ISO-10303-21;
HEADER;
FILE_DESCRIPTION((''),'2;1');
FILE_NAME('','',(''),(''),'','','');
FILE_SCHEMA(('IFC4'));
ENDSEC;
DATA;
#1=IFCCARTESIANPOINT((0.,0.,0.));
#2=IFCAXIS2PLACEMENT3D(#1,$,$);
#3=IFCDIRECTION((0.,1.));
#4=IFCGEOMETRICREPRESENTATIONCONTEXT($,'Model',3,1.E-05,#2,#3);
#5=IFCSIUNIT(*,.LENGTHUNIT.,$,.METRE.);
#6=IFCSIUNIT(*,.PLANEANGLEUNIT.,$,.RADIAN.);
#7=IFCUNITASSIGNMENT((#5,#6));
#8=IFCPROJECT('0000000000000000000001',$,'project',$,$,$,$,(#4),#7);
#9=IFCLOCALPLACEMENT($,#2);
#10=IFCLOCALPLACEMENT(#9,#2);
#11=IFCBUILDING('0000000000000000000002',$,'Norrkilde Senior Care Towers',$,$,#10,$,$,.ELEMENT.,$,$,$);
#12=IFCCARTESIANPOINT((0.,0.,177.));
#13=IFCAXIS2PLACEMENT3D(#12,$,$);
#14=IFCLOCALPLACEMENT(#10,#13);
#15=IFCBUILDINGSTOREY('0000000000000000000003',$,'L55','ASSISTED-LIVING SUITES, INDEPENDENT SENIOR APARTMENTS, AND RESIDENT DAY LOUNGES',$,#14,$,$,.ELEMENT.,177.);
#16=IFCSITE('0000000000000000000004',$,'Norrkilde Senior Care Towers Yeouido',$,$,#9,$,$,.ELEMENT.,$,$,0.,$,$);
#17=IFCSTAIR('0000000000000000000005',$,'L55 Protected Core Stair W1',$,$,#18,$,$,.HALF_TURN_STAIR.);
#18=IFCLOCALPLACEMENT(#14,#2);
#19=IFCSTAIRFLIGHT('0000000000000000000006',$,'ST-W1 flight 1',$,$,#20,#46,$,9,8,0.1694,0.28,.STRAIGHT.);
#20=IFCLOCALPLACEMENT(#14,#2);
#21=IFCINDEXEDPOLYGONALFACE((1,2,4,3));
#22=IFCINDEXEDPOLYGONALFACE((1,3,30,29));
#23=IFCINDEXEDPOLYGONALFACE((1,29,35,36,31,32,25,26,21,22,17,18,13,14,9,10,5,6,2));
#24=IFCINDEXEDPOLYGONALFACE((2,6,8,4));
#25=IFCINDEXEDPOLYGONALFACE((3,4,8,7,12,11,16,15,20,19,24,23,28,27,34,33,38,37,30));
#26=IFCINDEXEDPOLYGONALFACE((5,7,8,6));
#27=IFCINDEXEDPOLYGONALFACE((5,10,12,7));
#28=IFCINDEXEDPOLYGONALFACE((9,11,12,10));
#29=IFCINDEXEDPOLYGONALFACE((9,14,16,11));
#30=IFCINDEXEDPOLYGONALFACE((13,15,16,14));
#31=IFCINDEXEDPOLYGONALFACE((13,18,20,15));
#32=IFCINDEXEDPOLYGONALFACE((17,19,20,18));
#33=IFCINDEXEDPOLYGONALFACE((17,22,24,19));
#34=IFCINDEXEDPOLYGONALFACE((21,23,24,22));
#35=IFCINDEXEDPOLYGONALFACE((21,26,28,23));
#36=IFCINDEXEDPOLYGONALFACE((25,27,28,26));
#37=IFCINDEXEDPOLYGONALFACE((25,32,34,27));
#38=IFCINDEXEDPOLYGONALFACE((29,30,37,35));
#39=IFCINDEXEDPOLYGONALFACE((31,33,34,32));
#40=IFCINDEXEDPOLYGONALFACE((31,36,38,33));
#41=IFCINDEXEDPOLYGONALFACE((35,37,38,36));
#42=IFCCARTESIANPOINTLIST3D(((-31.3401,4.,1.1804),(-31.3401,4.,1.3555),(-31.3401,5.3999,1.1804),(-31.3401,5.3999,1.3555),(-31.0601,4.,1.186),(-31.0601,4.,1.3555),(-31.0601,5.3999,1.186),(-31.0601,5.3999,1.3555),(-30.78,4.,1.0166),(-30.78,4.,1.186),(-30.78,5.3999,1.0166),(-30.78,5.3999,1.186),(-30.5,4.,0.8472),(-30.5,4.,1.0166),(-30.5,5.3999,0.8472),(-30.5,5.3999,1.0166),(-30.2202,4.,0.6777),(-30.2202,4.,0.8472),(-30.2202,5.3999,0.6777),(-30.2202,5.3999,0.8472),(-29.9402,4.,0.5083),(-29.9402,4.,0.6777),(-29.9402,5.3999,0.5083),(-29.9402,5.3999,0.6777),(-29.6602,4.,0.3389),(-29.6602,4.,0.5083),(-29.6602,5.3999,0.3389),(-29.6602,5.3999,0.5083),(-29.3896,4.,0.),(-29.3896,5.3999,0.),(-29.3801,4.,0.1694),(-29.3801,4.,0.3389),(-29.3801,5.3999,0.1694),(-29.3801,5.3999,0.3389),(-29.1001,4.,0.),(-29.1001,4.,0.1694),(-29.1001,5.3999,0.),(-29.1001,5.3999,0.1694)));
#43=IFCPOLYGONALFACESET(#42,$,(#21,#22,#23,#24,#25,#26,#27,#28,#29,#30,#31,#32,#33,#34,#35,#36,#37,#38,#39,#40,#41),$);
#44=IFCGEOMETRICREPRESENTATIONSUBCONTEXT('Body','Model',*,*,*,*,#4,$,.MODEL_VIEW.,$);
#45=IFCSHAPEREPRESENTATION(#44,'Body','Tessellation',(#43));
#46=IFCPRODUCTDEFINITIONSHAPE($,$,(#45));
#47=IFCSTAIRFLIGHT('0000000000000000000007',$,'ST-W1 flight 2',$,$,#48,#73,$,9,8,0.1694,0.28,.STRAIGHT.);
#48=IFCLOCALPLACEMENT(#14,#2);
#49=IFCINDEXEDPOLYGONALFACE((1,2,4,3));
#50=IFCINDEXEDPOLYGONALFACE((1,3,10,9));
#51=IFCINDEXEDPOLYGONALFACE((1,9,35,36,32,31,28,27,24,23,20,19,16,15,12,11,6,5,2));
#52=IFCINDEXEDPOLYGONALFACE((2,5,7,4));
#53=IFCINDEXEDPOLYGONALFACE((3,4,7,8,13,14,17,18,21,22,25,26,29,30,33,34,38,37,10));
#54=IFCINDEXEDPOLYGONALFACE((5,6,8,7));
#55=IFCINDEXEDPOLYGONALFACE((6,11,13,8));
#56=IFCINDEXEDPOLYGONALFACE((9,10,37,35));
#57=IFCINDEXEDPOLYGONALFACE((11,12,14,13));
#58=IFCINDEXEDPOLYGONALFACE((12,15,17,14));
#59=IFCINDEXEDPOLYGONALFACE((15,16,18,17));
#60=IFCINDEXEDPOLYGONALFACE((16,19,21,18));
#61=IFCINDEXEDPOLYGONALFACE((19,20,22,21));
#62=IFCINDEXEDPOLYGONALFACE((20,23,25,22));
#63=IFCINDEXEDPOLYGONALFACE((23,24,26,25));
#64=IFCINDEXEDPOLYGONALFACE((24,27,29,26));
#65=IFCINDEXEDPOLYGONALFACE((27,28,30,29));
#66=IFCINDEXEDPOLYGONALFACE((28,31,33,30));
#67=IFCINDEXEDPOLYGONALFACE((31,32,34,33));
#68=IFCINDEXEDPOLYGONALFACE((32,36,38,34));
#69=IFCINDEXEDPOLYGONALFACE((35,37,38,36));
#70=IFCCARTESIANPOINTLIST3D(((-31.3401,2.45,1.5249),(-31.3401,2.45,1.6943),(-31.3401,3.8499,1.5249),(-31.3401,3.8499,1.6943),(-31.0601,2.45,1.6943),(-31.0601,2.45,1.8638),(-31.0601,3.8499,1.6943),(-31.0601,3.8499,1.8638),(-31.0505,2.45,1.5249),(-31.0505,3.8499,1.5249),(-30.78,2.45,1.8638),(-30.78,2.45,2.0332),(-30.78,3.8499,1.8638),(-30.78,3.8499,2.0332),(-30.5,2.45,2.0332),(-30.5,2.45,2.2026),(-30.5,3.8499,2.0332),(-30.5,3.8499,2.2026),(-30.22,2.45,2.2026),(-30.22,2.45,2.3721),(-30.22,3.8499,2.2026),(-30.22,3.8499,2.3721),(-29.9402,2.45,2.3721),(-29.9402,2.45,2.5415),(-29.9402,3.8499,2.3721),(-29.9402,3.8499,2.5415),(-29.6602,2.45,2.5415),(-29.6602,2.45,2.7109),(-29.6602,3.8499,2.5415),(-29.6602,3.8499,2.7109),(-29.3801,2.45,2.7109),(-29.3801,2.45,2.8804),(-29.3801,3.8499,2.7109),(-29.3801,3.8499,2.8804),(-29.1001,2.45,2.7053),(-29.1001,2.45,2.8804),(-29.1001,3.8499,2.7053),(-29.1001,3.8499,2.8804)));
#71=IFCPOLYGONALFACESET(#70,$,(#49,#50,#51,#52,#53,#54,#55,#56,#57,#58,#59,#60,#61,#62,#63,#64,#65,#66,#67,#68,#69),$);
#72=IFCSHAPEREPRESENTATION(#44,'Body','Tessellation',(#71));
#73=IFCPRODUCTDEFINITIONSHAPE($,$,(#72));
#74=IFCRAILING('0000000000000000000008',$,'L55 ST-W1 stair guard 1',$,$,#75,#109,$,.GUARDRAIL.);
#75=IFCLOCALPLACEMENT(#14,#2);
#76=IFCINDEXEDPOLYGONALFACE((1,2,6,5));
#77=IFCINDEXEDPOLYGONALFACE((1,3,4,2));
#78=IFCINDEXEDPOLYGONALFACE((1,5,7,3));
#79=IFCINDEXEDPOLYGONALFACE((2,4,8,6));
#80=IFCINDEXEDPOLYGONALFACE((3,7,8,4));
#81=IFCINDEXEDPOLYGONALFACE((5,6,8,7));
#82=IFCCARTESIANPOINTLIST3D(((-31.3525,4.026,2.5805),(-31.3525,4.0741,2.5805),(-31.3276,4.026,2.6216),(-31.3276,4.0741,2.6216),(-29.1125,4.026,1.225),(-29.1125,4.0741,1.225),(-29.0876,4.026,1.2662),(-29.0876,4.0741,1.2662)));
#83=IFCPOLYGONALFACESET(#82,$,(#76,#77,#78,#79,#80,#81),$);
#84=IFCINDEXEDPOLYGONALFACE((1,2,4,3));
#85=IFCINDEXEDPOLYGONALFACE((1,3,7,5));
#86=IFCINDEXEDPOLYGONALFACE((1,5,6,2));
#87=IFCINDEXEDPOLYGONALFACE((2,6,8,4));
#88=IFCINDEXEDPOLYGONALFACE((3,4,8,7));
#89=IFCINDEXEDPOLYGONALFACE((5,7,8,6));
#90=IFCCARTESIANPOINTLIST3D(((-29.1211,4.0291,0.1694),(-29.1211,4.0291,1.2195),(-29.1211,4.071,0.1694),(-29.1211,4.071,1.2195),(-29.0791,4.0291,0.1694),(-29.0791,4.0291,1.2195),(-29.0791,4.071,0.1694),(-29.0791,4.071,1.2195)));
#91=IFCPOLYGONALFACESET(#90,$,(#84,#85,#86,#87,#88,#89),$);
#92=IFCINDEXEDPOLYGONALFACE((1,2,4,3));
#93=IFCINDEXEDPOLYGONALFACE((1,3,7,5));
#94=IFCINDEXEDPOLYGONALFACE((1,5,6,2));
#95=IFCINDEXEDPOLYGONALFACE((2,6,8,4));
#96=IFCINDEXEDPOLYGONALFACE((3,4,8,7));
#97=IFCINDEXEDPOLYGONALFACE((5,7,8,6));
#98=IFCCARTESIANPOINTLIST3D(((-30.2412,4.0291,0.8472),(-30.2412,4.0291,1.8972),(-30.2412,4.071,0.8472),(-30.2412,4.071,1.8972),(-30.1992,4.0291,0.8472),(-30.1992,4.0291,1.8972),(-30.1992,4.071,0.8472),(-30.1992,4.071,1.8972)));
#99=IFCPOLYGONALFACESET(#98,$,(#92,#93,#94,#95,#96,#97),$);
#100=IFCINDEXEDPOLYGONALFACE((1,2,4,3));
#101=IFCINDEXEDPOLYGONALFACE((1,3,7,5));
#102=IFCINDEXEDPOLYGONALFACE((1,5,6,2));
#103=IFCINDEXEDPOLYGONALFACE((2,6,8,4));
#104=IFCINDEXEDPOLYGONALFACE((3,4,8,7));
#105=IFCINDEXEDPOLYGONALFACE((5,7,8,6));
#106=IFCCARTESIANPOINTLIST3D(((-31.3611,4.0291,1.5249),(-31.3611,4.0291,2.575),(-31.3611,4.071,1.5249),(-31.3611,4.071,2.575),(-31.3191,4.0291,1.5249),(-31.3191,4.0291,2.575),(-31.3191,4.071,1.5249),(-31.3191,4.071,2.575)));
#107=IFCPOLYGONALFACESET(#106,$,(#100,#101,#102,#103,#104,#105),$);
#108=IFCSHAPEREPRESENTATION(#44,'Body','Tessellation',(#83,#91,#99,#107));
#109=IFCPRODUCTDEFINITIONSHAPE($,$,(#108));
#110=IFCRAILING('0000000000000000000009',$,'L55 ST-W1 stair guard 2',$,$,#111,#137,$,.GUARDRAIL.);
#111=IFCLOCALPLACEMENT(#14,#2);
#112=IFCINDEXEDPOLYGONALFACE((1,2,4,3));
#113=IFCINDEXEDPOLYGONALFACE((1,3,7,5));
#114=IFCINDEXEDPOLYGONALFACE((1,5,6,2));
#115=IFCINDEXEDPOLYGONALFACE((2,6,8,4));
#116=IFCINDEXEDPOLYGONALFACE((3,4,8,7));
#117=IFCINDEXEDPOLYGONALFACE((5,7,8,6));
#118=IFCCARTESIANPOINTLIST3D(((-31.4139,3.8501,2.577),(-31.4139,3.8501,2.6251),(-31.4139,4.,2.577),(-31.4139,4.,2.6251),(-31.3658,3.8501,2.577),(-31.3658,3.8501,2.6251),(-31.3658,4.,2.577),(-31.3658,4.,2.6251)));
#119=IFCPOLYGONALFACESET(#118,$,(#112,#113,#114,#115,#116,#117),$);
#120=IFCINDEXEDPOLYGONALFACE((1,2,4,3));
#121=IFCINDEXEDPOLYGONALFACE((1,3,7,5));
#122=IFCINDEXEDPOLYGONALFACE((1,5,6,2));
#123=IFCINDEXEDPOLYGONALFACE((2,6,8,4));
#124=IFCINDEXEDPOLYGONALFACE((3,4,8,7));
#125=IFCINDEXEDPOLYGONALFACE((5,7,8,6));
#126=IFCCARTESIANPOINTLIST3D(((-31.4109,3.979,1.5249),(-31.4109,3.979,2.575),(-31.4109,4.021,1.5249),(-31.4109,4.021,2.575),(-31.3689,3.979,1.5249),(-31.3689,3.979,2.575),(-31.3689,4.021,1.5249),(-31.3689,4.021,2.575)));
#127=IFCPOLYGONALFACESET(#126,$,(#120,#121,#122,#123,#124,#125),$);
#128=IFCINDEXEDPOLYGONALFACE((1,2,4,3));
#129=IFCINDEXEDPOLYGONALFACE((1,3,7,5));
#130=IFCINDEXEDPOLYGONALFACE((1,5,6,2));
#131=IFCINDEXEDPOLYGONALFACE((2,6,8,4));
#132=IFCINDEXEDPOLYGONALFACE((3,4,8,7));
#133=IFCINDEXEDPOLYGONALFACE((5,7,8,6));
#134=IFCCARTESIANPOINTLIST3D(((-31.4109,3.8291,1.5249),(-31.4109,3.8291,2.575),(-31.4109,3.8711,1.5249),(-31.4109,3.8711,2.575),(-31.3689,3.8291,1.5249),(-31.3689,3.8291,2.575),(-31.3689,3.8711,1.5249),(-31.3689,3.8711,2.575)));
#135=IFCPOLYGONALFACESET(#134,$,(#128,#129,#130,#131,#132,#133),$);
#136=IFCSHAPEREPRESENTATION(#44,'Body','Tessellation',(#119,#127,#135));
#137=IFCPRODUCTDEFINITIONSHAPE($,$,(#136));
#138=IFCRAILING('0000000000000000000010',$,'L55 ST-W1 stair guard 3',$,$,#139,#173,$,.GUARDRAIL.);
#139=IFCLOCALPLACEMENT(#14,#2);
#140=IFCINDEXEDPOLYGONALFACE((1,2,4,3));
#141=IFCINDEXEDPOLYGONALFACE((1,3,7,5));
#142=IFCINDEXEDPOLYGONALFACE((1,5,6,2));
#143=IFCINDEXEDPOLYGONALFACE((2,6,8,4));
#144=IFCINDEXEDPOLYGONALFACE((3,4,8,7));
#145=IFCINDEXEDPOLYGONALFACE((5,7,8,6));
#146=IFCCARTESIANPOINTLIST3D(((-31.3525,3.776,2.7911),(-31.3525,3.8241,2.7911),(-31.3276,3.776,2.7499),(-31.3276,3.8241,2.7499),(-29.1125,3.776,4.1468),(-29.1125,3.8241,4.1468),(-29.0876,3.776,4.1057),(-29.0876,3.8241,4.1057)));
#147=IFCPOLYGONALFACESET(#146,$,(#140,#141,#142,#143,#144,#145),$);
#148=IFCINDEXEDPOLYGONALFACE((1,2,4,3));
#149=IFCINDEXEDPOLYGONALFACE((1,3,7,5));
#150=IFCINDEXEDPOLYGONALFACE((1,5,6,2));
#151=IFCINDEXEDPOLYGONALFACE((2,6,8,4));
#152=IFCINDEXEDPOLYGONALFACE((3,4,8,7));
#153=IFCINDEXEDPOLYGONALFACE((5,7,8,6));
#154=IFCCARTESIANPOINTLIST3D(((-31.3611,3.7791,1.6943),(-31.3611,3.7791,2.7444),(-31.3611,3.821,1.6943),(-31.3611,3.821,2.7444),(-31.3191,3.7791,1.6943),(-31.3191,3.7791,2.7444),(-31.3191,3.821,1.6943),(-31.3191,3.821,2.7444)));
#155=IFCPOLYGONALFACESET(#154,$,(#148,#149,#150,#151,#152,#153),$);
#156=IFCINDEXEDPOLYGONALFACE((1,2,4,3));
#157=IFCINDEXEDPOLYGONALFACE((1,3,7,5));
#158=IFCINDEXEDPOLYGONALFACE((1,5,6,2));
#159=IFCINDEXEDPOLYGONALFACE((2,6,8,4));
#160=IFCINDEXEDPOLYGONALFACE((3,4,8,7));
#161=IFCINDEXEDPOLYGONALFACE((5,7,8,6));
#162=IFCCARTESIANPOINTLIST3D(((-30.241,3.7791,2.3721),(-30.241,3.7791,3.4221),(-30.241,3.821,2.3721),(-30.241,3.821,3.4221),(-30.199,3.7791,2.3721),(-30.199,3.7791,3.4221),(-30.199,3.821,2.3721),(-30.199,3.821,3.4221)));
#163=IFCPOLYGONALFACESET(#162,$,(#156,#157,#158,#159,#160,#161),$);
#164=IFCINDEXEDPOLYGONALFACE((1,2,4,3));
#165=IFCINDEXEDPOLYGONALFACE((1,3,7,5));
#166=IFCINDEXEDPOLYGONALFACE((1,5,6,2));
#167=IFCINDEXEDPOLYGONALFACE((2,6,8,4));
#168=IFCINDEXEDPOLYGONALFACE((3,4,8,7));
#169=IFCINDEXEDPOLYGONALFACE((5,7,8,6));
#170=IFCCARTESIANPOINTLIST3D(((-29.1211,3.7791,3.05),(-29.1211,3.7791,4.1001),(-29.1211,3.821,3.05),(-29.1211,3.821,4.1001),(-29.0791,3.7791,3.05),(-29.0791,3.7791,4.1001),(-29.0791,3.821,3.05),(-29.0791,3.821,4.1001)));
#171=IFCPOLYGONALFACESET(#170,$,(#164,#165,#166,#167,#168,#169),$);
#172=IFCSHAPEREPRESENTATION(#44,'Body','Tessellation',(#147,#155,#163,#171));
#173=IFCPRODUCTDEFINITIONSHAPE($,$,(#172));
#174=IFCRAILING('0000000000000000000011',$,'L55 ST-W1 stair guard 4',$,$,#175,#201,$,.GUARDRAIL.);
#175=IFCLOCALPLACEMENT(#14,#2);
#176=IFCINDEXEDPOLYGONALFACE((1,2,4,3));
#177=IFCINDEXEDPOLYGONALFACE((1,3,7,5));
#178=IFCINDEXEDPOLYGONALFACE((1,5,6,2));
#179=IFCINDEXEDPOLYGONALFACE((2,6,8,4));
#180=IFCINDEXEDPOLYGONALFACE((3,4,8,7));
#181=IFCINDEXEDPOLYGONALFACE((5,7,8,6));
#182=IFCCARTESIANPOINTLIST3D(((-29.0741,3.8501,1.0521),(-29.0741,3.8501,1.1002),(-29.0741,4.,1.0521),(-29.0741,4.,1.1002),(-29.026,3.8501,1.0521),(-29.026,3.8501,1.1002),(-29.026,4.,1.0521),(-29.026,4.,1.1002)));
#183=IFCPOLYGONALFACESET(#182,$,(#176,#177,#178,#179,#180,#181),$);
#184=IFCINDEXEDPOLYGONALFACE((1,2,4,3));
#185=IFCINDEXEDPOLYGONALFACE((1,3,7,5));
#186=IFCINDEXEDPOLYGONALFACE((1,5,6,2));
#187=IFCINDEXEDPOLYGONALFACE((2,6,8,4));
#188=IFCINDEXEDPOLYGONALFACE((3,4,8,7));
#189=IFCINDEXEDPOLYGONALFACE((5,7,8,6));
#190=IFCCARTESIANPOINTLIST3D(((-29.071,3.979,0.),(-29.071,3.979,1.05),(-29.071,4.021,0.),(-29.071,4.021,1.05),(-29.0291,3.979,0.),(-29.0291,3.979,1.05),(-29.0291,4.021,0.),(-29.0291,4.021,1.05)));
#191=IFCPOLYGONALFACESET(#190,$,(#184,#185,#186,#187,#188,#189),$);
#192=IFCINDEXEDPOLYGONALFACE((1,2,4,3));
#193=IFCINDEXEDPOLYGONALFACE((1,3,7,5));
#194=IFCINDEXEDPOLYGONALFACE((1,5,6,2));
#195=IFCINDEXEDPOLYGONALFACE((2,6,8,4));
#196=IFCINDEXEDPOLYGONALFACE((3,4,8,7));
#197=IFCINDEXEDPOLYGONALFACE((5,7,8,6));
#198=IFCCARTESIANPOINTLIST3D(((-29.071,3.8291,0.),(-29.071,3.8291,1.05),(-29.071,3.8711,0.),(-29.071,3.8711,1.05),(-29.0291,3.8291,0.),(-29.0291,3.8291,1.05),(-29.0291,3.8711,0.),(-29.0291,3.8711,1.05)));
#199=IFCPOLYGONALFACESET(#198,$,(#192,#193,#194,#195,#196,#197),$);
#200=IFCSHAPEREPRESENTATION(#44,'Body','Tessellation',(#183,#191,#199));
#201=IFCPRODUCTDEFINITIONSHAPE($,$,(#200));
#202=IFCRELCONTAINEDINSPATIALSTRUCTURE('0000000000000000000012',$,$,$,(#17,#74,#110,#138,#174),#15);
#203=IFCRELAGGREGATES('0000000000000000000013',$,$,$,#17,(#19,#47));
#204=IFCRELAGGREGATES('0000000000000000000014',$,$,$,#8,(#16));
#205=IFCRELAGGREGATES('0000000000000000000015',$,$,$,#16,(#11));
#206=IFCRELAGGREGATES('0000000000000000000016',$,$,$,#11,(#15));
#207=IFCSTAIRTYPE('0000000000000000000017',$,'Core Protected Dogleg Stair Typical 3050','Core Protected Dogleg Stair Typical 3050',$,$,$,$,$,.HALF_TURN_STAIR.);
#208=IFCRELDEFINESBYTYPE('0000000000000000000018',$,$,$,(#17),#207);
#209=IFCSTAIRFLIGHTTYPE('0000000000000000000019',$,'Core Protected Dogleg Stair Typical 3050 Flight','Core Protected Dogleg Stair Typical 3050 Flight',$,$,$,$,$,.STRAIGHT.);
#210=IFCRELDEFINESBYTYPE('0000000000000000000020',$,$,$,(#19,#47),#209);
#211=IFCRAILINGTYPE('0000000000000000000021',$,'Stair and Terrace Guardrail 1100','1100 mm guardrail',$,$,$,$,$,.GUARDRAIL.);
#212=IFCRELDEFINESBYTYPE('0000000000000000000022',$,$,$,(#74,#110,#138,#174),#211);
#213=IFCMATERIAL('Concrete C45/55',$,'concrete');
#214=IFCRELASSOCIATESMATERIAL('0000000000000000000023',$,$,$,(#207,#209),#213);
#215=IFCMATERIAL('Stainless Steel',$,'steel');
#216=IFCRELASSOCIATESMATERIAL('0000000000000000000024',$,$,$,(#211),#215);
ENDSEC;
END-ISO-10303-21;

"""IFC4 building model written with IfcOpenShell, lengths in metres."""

from ifc_helpers import new_model, si_unit, direction, frame, origin, origin_2d, place, context, subcontext, project, spatial, polyline, rectangle, outline, extrude, material, type_object, element, aggregate, save


model = new_model("IFC4")

# Units and contexts
model_context = context("Model", 3, precision=1e-05, world=origin(), true_north=direction((0.0, 1.0)))
body_context = subcontext(model_context, "Body", "Model", "MODEL_VIEW")
ifc_project = project(units=[si_unit("LENGTHUNIT", "METRE"), si_unit("PLANEANGLEUNIT", "RADIAN")], contexts=[model_context])

# Site, building, storey
site_placement = place(None, origin())
site = spatial("IfcSite", under=ifc_project, at=site_placement, Name="Norrkilde Senior Care Towers Yeouido", CompositionType="ELEMENT", RefElevation=0.0)
building_placement = place(site_placement, origin())
building = spatial("IfcBuilding", under=site, at=building_placement, Name="Norrkilde Senior Care Towers", CompositionType="ELEMENT")
storey_placement = place(building_placement, frame((0.0, 0.0, 177.0)))
storey = spatial("IfcBuildingStorey", under=building, at=storey_placement, Name="L55", Description="ASSISTED-LIVING SUITES, INDEPENDENT SENIOR APARTMENTS, AND RESIDENT DAY LOUNGES", CompositionType="ELEMENT", Elevation=177.0)

# Shared definitions
ifc_material_1 = material(Name="Concrete C45/55", Category="concrete")

# Stair, stair flights
stair_type = type_object("IfcStairType", Name="Core Protected Dogleg Stair Typical 3050", Description="Core Protected Dogleg Stair Typical 3050", PredefinedType="HALF_TURN_STAIR", material=ifc_material_1)
stair_placement = place(storey_placement, origin())
stair = element("IfcStair", 1, at=stair_placement, inside=storey, type_object=stair_type, Name="L55 Protected Core Stair W1", PredefinedType="HALF_TURN_STAIR")
stair_flight_type = type_object("IfcStairFlightType", Name="Core Protected Dogleg Stair Typical 3050 Flight", Description="Core Protected Dogleg Stair Typical 3050 Flight", PredefinedType="STRAIGHT", material=ifc_material_1)
stair_flight_1_placement = place(storey_placement, frame((-29.1001, 4.7, 0.0), z_axis=(0.0, 0.0, 1.0), x_axis=(-1.0, 0.0, 0.0)))
stair_flight_1 = element("IfcStairFlight", 2, at=stair_flight_1_placement, type_object=stair_flight_type, Name="ST-W1 flight 1", NumberOfRisers=9, NumberOfTreads=8, PredefinedType="STRAIGHT", RiserHeight=0.1694, TreadLength=0.28, context=body_context, shape_type="SweptSolid", body=[
    extrude(outline(polyline([(0.0, 0.0), (0.0, 0.1694), (0.28, 0.1694), (0.28, 0.3389), (0.5601, 0.3389), (0.5601, 0.5083), (0.8401, 0.5083), (0.8401, 0.6777), (1.1201, 0.6777), (1.1201, 0.8472), (1.3999, 0.8472), (1.3999, 1.0166), (1.6799, 1.0166), (1.6799, 1.186), (1.96, 1.186), (1.96, 1.3555), (2.24, 1.3555), (2.24, 1.5249), (2.24, 1.1804), (0.2896, 0.0), (0.0, 0.0)])), frame((0.0, 0.7, 0.0), z_axis=(0.0, -1.0, 0.0), x_axis=(1.0, 0.0, 0.0)), (0.0, 0.0, 1.0), 1.3999),
])
stair_flight_2_placement = place(storey_placement, frame((-31.3401, 3.1499, 1.5249), z_axis=(0.0, 0.0, 1.0), x_axis=(1.0, 0.0, 0.0)))
stair_flight_2 = element("IfcStairFlight", 3, at=stair_flight_2_placement, type_object=stair_flight_type, Name="ST-W1 flight 2", NumberOfRisers=9, NumberOfTreads=8, PredefinedType="STRAIGHT", RiserHeight=0.1694, TreadLength=0.28, context=body_context, shape_type="SweptSolid", body=[
    extrude(outline(polyline([(0.0, 0.0), (0.0, 0.1694), (0.28, 0.1694), (0.28, 0.3389), (0.5601, 0.3389), (0.5601, 0.5083), (0.8401, 0.5083), (0.8401, 0.6777), (1.1201, 0.6777), (1.1201, 0.8472), (1.3999, 0.8472), (1.3999, 1.0166), (1.6799, 1.0166), (1.6799, 1.186), (1.96, 1.186), (1.96, 1.3555), (2.24, 1.3555), (2.24, 1.5249), (2.24, 1.1804), (0.2896, 0.0), (0.0, 0.0)])), frame((0.0, 0.7, 0.0), z_axis=(0.0, -1.0, 0.0), x_axis=(1.0, 0.0, 0.0)), (0.0, 0.0, 1.0), 1.3999),
])
aggregate(stair, [stair_flight_1, stair_flight_2])

# Railings
ifc_material_2 = material(Name="Stainless Steel", Category="steel")
railing_type_1 = type_object("IfcRailingType", Name="Stair and Terrace Guardrail 1100", Description="1100 mm guardrail", PredefinedType="GUARDRAIL", material=ifc_material_2)
railing_1_placement = place(storey_placement, frame((-29.1001, 4.05, 0.1694)))
element("IfcRailing", 4, at=railing_1_placement, inside=storey, type_object=railing_type_1, Name="L55 ST-W1 stair guard 1", PredefinedType="GUARDRAIL", context=body_context, shape_type="SweptSolid", body=[
    extrude(rectangle(XDim=0.0481, YDim=0.0481, at=origin_2d()), frame((0.0, 0.0, 1.0762), z_axis=(-0.855553, 0.0, 0.517715), x_axis=(0.0, -1.0, 0.0)), (0.0, 0.0, 1.0), 2.6182),
    extrude(rectangle(XDim=0.042, YDim=0.042, at=origin_2d()), origin(), (0.0, 0.0, 1.0), 1.05),
    extrude(rectangle(XDim=0.042, YDim=0.042, at=origin_2d()), frame((-1.1201, 0.0, 0.6777)), (0.0, 0.0, 1.0), 1.05),
    extrude(rectangle(XDim=0.042, YDim=0.042, at=origin_2d()), frame((-2.24, 0.0, 1.3555)), (0.0, 0.0, 1.0), 1.05),
])
railing_2_placement = place(storey_placement, frame((-31.3899, 4.0, 1.5249)))
element("IfcRailing", 5, at=railing_2_placement, inside=storey, type_object=railing_type_1, Name="L55 ST-W1 stair guard 2", PredefinedType="GUARDRAIL", context=body_context, shape_type="SweptSolid", body=[
    extrude(rectangle(XDim=0.0481, YDim=0.0481, at=origin_2d()), frame((0.0, 0.0, 1.0762), z_axis=(0.0, -1.0, 0.0), x_axis=(1.0, 0.0, 0.0)), (0.0, 0.0, 1.0), 0.1499),
    extrude(rectangle(XDim=0.042, YDim=0.042, at=origin_2d()), origin(), (0.0, 0.0, 1.0), 1.05),
    extrude(rectangle(XDim=0.042, YDim=0.042, at=origin_2d()), frame((0.0, -0.1499, 0.0)), (0.0, 0.0, 1.0), 1.05),
])
railing_3_placement = place(storey_placement, frame((-31.3401, 3.8, 1.6943)))
element("IfcRailing", 6, at=railing_3_placement, inside=storey, type_object=railing_type_1, Name="L55 ST-W1 stair guard 3", PredefinedType="GUARDRAIL", context=body_context, shape_type="SweptSolid", body=[
    extrude(rectangle(XDim=0.0481, YDim=0.0481, at=origin_2d()), frame((0.0, 0.0, 1.0762), z_axis=(0.855512, 0.0, 0.517783), x_axis=(0.0, 1.0, 0.0)), (0.0, 0.0, 1.0), 2.6184),
    extrude(rectangle(XDim=0.042, YDim=0.042, at=origin_2d()), origin(), (0.0, 0.0, 1.0), 1.05),
    extrude(rectangle(XDim=0.042, YDim=0.042, at=origin_2d()), frame((1.1201, 0.0, 0.6777)), (0.0, 0.0, 1.0), 1.05),
    extrude(rectangle(XDim=0.042, YDim=0.042, at=origin_2d()), frame((2.24, 0.0, 1.3557)), (0.0, 0.0, 1.0), 1.05),
])
railing_4_placement = place(storey_placement, frame((-29.05, 4.0, 0.0)))
element("IfcRailing", 7, at=railing_4_placement, inside=storey, type_object=railing_type_1, Name="L55 ST-W1 stair guard 4", PredefinedType="GUARDRAIL", context=body_context, shape_type="SweptSolid", body=[
    extrude(rectangle(XDim=0.0481, YDim=0.0481, at=origin_2d()), frame((0.0, 0.0, 1.0762), z_axis=(0.0, -1.0, 0.0), x_axis=(1.0, 0.0, 0.0)), (0.0, 0.0, 1.0), 0.1499),
    extrude(rectangle(XDim=0.042, YDim=0.042, at=origin_2d()), origin(), (0.0, 0.0, 1.0), 1.05),
    extrude(rectangle(XDim=0.042, YDim=0.042, at=origin_2d()), frame((0.0, -0.1499, 0.0)), (0.0, 0.0, 1.0), 1.05),
])

save(model, "model.ifc")
